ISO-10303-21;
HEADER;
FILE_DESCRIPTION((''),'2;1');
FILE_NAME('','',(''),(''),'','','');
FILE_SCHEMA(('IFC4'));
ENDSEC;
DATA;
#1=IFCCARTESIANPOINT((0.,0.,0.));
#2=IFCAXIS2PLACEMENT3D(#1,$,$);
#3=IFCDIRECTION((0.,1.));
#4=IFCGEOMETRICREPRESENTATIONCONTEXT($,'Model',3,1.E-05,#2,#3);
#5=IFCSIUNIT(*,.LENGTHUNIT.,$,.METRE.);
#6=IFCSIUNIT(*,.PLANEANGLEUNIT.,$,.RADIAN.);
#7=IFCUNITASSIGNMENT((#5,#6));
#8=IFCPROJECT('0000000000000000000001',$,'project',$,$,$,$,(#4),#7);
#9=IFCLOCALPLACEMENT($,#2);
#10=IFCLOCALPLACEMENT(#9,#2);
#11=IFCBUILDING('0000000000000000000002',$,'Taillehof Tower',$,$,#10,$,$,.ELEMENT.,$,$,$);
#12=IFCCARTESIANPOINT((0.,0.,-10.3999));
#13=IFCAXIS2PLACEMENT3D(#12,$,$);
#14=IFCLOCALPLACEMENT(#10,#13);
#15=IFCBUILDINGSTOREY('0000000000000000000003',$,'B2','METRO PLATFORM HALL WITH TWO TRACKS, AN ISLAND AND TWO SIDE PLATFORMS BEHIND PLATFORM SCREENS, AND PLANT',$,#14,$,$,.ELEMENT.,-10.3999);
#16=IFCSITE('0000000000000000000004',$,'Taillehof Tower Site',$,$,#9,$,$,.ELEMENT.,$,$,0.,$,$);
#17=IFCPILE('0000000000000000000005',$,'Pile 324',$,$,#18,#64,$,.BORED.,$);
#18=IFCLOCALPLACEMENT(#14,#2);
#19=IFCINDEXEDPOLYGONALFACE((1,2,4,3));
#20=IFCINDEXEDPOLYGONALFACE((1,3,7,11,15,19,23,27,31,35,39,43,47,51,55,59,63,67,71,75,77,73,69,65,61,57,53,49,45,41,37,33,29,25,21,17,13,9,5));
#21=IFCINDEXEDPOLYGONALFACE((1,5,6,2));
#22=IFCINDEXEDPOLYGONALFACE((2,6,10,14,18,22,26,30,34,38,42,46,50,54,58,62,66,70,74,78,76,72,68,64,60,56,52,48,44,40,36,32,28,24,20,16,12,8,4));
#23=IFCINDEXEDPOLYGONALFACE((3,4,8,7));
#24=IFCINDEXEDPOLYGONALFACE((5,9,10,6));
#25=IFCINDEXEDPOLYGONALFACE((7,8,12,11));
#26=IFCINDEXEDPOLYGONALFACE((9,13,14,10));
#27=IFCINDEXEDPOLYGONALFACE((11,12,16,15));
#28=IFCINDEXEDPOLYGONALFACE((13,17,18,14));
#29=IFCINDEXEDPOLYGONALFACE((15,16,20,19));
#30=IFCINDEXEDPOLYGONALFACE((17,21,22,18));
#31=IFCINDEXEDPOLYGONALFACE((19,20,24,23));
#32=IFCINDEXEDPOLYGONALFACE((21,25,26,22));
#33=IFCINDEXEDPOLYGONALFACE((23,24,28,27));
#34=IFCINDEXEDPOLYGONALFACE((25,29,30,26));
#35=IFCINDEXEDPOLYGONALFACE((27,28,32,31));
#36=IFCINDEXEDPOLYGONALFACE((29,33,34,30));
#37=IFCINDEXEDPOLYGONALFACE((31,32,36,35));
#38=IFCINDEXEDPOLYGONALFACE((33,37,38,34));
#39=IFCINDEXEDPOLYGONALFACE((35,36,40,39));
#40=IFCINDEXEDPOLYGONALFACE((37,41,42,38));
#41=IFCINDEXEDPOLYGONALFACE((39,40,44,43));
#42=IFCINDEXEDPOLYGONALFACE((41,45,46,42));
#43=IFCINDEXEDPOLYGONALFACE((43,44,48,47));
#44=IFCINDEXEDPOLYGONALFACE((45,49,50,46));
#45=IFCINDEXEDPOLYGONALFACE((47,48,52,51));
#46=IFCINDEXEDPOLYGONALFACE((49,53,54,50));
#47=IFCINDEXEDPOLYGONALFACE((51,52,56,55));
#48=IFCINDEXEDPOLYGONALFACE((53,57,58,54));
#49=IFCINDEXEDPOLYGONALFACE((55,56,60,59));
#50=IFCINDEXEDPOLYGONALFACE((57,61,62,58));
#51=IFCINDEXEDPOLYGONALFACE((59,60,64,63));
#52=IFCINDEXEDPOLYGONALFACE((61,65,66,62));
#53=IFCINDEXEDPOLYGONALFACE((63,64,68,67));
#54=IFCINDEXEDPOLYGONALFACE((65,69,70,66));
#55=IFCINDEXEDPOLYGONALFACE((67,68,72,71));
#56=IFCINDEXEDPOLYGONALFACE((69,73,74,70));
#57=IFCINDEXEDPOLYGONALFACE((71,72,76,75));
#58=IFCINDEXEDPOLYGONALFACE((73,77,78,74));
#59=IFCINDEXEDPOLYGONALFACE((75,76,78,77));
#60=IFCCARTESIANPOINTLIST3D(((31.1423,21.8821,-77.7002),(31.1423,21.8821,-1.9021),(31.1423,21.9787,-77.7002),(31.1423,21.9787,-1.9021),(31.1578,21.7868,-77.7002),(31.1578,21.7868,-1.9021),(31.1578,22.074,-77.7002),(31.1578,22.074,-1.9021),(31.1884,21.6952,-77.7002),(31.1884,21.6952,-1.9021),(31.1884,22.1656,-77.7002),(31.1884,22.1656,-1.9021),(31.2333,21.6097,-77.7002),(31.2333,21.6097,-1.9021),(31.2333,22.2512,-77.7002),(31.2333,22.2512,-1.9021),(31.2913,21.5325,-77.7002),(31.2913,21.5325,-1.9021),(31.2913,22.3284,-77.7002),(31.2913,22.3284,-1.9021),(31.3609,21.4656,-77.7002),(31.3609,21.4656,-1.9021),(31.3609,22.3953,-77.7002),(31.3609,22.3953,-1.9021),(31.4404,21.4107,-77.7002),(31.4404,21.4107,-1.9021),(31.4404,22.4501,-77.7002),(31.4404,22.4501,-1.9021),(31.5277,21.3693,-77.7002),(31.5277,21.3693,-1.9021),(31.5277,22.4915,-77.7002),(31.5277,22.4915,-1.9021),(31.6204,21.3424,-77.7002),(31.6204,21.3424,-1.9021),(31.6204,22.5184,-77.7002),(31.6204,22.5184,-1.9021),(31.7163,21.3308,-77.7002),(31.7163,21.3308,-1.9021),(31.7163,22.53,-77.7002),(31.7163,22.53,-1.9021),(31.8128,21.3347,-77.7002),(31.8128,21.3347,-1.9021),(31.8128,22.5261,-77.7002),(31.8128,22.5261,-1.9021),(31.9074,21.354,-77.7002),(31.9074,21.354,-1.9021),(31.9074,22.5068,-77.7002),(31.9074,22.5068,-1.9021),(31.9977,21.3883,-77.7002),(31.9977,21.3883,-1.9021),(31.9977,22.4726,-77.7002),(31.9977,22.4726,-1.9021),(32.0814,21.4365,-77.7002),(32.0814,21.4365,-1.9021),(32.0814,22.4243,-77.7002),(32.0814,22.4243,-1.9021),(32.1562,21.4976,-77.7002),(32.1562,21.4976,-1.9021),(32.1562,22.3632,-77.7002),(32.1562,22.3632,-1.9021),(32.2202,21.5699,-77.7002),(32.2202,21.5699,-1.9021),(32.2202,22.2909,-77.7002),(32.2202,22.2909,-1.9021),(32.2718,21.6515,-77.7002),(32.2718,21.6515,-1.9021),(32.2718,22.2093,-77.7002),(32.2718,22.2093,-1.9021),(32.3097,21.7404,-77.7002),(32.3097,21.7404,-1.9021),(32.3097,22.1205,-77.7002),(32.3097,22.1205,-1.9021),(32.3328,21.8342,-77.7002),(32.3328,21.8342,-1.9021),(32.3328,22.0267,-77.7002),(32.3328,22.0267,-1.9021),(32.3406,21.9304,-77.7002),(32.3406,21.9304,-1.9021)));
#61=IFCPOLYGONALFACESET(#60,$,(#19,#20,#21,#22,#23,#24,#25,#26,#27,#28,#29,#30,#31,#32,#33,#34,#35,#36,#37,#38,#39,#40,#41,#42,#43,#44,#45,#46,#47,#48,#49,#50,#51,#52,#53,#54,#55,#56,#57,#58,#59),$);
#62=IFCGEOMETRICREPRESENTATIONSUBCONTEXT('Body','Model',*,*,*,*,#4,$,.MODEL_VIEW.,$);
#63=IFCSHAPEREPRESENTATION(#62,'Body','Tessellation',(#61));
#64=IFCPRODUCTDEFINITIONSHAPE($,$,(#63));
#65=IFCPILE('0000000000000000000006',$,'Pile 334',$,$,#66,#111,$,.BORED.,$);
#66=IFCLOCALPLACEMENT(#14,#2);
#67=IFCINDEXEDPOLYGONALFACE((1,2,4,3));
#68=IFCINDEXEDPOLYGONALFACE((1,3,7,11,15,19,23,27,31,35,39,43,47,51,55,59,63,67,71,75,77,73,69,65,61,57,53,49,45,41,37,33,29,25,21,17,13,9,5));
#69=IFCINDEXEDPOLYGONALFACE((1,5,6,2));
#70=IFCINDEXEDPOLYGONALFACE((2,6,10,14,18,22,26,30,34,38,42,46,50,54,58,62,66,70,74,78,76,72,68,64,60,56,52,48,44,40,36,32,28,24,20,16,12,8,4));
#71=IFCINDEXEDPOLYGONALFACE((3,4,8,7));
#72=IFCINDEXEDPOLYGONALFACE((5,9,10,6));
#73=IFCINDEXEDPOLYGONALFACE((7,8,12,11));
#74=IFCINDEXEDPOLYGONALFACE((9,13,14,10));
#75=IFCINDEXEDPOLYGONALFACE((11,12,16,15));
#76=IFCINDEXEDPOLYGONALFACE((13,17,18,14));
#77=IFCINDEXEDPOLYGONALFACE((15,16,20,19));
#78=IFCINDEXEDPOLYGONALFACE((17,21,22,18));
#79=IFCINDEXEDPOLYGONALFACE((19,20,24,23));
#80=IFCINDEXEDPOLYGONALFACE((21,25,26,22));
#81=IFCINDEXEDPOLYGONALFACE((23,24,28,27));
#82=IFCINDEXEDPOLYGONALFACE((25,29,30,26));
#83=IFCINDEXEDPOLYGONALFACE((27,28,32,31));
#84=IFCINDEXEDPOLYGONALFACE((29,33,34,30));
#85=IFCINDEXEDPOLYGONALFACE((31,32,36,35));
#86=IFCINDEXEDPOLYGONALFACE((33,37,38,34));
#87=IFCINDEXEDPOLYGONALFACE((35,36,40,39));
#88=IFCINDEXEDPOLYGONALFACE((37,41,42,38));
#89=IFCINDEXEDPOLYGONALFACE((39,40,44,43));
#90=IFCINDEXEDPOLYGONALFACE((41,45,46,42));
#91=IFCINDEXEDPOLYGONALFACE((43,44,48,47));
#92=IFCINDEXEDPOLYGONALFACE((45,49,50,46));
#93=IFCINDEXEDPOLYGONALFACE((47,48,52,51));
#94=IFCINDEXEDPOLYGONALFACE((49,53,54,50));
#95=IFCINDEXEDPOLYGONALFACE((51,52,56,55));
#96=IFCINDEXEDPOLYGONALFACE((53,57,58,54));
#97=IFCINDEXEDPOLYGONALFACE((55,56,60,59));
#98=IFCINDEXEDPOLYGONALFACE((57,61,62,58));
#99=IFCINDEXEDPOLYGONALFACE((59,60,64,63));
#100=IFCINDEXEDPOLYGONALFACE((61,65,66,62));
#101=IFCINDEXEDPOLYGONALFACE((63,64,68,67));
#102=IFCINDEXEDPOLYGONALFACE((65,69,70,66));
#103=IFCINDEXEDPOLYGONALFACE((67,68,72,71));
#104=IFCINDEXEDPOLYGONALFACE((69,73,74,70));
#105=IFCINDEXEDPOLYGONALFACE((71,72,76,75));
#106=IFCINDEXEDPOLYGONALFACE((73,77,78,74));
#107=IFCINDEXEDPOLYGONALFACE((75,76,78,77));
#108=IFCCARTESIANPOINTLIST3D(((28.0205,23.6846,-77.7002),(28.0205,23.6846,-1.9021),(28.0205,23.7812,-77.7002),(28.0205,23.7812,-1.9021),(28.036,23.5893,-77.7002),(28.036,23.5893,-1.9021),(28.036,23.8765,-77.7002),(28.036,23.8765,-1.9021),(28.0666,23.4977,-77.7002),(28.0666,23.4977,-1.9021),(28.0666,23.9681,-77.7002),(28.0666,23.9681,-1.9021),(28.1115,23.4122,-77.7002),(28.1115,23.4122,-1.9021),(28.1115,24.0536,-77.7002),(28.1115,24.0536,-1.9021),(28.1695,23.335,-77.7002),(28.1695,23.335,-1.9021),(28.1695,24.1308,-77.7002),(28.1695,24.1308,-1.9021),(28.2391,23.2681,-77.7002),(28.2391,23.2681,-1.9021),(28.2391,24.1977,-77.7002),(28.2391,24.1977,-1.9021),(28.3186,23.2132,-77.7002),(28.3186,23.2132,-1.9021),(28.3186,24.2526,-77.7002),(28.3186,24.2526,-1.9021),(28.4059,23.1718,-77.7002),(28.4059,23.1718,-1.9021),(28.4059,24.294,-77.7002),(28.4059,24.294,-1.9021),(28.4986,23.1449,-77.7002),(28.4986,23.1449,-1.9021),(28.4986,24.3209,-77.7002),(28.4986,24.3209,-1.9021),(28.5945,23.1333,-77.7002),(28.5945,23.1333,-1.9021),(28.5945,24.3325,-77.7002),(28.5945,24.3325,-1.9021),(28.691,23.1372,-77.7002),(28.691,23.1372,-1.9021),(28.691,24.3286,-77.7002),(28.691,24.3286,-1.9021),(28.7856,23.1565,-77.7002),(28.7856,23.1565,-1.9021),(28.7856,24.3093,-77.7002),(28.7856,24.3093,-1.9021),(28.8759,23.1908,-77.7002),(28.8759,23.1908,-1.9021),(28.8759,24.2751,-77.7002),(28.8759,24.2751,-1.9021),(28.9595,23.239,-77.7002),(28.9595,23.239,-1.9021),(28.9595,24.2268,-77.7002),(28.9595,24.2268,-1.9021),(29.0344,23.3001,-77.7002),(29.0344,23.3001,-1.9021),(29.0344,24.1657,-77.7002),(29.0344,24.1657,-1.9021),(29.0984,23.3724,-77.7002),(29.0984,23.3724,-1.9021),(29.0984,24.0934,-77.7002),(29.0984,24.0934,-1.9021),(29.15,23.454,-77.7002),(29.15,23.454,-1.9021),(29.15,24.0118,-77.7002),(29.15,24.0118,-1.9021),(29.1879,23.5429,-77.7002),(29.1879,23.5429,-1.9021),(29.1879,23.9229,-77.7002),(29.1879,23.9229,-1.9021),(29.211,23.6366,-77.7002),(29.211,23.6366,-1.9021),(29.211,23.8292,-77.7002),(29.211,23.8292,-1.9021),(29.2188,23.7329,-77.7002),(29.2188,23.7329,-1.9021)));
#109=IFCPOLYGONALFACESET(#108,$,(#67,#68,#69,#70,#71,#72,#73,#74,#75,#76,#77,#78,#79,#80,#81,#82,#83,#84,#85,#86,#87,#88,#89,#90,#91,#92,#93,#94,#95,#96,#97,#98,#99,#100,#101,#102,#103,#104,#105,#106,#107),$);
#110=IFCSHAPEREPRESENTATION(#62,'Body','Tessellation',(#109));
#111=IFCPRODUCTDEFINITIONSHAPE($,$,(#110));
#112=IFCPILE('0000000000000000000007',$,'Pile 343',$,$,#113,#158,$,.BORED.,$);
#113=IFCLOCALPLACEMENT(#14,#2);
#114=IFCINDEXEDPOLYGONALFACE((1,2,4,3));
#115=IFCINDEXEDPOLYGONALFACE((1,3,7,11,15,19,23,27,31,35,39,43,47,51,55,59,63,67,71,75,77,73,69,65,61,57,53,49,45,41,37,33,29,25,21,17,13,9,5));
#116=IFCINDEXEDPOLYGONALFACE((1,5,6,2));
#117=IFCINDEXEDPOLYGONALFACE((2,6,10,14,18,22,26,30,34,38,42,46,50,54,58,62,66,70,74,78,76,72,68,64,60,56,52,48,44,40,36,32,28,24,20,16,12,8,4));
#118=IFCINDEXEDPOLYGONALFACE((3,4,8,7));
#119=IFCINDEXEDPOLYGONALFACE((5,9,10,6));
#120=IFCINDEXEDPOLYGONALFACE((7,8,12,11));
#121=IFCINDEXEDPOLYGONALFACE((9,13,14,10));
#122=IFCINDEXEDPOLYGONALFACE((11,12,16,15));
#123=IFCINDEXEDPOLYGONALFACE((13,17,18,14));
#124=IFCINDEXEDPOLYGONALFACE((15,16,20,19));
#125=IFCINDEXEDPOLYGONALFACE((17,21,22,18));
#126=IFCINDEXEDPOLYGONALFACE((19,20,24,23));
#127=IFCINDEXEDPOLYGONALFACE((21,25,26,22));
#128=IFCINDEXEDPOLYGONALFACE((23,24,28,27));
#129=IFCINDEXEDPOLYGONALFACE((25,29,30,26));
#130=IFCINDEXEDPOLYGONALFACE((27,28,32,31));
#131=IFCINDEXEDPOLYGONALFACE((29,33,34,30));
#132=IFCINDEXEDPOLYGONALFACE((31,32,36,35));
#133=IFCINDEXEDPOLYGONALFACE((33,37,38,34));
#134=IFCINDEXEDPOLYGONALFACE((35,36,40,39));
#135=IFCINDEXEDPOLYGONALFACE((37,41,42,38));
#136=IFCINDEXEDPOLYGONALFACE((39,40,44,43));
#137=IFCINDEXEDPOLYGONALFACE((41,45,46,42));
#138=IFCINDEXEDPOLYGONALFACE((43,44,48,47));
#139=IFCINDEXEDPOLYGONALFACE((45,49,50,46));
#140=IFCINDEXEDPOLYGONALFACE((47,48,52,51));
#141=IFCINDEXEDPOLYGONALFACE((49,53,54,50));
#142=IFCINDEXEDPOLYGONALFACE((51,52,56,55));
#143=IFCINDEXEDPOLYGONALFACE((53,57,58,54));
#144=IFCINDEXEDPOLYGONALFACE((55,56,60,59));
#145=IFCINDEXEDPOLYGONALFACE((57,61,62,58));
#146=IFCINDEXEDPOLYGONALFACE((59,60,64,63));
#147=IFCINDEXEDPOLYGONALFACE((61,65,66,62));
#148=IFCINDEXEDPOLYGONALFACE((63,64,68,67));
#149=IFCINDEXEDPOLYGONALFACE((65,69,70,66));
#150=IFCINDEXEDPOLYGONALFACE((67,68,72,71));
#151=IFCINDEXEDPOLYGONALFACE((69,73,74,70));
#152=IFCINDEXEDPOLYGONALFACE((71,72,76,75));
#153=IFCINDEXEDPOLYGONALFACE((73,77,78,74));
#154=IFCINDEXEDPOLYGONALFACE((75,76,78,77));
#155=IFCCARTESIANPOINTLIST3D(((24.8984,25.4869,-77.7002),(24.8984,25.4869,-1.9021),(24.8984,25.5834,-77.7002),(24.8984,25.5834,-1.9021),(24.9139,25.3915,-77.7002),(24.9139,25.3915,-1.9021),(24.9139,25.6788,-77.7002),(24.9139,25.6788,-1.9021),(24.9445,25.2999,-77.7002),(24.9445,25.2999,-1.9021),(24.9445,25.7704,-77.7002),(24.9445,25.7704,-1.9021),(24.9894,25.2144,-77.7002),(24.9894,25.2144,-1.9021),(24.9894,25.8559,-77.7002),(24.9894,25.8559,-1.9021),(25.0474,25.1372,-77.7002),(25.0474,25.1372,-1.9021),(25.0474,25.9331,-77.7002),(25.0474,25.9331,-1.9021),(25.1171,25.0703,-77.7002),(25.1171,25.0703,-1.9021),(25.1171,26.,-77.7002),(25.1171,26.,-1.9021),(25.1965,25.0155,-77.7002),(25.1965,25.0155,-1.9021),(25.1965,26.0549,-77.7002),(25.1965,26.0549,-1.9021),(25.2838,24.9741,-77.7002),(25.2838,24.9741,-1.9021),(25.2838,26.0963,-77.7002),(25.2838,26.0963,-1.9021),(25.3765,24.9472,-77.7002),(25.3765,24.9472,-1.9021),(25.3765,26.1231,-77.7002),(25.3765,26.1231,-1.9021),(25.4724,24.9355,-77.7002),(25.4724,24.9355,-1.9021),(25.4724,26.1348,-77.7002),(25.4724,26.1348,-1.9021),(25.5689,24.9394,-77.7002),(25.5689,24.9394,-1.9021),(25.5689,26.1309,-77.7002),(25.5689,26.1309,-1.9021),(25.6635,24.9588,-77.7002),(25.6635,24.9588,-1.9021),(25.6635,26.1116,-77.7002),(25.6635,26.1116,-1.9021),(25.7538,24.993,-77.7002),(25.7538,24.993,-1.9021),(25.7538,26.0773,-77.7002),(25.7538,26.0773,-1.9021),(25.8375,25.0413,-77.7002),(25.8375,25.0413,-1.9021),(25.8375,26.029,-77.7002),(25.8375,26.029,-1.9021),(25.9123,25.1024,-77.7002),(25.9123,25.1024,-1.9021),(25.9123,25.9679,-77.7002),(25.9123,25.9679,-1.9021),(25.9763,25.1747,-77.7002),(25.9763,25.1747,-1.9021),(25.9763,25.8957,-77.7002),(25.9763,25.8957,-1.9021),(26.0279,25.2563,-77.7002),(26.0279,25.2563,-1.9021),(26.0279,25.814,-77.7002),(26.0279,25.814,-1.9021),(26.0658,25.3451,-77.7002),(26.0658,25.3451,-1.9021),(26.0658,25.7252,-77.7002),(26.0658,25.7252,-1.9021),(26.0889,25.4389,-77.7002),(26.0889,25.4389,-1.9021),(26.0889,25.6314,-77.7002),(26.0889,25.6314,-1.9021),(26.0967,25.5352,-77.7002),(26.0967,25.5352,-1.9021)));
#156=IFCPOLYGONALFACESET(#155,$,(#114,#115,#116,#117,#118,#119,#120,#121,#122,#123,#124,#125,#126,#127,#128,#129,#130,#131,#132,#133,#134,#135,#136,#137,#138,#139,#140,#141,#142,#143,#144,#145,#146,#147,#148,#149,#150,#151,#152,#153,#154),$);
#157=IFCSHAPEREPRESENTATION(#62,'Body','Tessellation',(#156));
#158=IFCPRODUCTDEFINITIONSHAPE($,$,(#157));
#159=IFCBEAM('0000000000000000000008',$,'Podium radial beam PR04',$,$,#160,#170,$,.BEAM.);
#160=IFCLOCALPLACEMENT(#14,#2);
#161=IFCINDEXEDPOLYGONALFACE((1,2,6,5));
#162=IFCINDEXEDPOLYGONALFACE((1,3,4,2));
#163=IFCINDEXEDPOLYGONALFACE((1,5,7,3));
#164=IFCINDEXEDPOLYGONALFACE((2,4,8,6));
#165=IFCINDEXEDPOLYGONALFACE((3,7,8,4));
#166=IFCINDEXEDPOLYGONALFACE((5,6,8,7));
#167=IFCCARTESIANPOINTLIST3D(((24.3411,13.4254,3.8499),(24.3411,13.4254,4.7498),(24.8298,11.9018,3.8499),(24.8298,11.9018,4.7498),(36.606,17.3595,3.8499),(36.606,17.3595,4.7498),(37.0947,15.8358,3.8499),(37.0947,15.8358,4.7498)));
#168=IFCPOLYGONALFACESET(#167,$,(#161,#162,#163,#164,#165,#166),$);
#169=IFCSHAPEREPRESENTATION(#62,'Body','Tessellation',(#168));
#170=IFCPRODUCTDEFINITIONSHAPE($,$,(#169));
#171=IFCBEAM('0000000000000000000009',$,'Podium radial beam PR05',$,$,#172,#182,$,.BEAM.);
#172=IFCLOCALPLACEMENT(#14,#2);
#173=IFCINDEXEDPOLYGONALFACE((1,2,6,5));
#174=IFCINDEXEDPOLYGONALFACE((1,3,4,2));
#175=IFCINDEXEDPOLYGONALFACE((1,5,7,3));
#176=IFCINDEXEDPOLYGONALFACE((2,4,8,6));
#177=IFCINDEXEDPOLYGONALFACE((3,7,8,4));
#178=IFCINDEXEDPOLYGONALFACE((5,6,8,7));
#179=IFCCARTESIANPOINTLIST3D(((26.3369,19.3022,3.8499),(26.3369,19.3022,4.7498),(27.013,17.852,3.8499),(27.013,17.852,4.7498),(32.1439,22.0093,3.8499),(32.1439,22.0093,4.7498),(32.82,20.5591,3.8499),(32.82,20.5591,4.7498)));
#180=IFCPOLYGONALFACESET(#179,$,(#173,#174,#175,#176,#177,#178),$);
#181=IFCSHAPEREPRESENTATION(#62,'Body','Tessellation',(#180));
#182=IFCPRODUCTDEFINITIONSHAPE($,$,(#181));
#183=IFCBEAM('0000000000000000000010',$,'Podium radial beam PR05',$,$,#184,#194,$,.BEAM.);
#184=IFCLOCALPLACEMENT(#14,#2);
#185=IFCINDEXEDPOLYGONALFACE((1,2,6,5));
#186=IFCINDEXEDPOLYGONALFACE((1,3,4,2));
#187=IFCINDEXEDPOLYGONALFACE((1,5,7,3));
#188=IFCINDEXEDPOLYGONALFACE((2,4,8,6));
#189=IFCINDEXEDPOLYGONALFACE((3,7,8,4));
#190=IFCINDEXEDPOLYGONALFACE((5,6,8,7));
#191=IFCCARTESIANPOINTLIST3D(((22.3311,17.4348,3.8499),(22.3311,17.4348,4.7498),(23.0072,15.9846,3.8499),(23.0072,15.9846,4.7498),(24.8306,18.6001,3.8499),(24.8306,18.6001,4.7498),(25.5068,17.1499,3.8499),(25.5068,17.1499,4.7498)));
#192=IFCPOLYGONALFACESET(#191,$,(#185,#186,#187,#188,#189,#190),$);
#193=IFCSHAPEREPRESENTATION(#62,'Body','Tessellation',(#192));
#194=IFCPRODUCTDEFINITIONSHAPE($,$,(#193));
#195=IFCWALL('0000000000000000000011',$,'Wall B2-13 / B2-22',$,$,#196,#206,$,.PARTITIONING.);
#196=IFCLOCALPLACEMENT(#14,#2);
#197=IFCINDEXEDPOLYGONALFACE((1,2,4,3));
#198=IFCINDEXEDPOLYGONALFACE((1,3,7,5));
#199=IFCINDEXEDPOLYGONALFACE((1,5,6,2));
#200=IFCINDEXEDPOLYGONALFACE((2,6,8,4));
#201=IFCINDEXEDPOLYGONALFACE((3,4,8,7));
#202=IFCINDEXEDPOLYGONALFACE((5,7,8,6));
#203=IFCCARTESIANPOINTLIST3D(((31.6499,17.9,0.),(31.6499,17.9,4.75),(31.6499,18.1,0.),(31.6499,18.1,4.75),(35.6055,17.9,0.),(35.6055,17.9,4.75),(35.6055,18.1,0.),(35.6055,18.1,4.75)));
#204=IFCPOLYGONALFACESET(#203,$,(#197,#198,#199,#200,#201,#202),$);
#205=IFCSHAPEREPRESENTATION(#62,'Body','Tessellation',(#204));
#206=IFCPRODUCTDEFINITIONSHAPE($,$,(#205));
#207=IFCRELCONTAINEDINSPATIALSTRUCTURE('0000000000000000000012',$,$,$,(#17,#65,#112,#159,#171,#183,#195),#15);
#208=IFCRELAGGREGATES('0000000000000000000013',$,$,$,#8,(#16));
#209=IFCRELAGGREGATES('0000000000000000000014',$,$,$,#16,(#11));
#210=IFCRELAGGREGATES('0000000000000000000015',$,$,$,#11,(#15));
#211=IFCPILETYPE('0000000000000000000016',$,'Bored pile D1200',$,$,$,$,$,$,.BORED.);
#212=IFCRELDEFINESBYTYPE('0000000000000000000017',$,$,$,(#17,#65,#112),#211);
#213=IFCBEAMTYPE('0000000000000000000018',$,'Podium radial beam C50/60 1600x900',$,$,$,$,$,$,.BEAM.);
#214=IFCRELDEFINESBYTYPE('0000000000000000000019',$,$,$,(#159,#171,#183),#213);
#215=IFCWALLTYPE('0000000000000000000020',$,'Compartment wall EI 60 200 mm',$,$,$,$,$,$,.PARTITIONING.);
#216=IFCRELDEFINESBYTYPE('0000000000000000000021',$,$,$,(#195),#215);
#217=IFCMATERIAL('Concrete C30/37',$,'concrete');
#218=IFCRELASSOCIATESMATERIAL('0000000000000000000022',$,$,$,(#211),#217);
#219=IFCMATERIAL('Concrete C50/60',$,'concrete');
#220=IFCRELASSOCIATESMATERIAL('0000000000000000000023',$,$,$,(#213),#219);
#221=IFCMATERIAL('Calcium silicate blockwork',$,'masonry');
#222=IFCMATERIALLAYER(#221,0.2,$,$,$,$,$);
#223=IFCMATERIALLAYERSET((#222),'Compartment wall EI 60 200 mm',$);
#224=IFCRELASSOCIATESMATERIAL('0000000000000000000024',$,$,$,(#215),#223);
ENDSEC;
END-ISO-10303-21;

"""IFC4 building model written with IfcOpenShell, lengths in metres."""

from ifc_helpers import new_model, si_unit, direction, frame, frame_2d, origin, origin_2d, place, context, subcontext, project, spatial, rectangle, circle, extrude, material, layer, layer_set, material_profile, profile_set, type_object, element, save


model = new_model("IFC4")

# Units and contexts
model_context = context("Model", 3, precision=1e-05, world=origin(), true_north=direction((0.0, 1.0)))
body_context = subcontext(model_context, "Body", "Model", "MODEL_VIEW")
ifc_project = project(units=[si_unit("LENGTHUNIT", "METRE"), si_unit("PLANEANGLEUNIT", "RADIAN")], contexts=[model_context])

# Site, building, storey
site_placement = place(None, origin())
site = spatial("IfcSite", under=ifc_project, at=site_placement, Name="Taillehof Tower Site", CompositionType="ELEMENT", RefElevation=0.0)
building_placement = place(site_placement, origin())
building = spatial("IfcBuilding", under=site, at=building_placement, Name="Taillehof Tower", CompositionType="ELEMENT")
storey_placement = place(building_placement, frame((0.0, 0.0, -10.3999)))
storey = spatial("IfcBuildingStorey", under=building, at=storey_placement, Name="B2", Description="METRO PLATFORM HALL WITH TWO TRACKS, AN ISLAND AND TWO SIDE PLATFORMS BEHIND PLATFORM SCREENS, AND PLANT", CompositionType="ELEMENT", Elevation=-10.3999)

# Piles
ifc_material_1 = material(Name="Concrete C30/37", Category="concrete")
ifc_material_profile_1 = material_profile(ifc_material_1, circle(Radius=0.6001, at=origin_2d()), Name="BP D1200")
ifc_profile_set_1 = profile_set([ifc_material_profile_1], Name="Concrete C30/37")
pile_type = type_object("IfcPileType", Name="Bored pile D1200", PredefinedType="BORED", material=ifc_profile_set_1)
for number, where, z_axis, x_axis, name in (
    (1, (31.7405, 21.9304, -1.9021), (0.0, 0.0, -1.0), (1.0, 0.0, 0.0), "Pile 324"),
    (2, (28.6187, 23.7329, -1.9021), (0.0, 0.0, -1.0), (1.0, 0.0, 0.0), "Pile 334"),
    (3, (25.4966, 25.5352, -1.9021), (0.0, 0.0, -1.0), (1.0, 0.0, 0.0), "Pile 343"),
):
    element("IfcPile", number, at=place(storey_placement, frame(where, z_axis=z_axis, x_axis=x_axis)), inside=storey, type_object=pile_type, Name=name, PredefinedType="BORED", context=body_context, shape_type="SweptSolid", body=[
        extrude(circle(Radius=0.6001, at=origin_2d()), origin(), (0.0, 0.0, 1.0), 75.7981),
    ])

# Beams
ifc_material_2 = material(Name="Concrete C50/60", Category="concrete")
ifc_material_profile_2 = material_profile(ifc_material_2, rectangle(XDim=1.6001, YDim=0.8999, at=origin_2d()), Name="RC 1600x900")
ifc_profile_set_2 = profile_set([ifc_material_profile_2], Name="Concrete C50/60")
beam_type = type_object("IfcBeamType", Name="Podium radial beam C50/60 1600x900", PredefinedType="BEAM", material=ifc_profile_set_2)
beam_1_placement = place(storey_placement, frame((36.8503, 16.5977, 4.2998), z_axis=(-0.952214, -0.305432, 0.0), x_axis=(0.305432, -0.952214, 0.0)))
element("IfcBeam", 4, at=beam_1_placement, inside=storey, type_object=beam_type, Name="Podium radial beam PR04", PredefinedType="BEAM", context=body_context, shape_type="SweptSolid", body=[
    extrude(rectangle(XDim=1.6001, YDim=0.8999, at=origin_2d()), origin(), (0.0, 0.0, 1.0), 12.8804),
])
beam_2_placement = place(storey_placement, frame((32.4819, 21.2842, 4.2998), z_axis=(-0.906353, -0.42252, 0.0), x_axis=(0.42252, -0.906353, 0.0)))
element("IfcBeam", 5, at=beam_2_placement, inside=storey, type_object=beam_type, Name="Podium radial beam PR05", PredefinedType="BEAM", context=body_context, shape_type="SweptSolid", body=[
    extrude(rectangle(XDim=1.6001, YDim=0.8999, at=origin_2d()), origin(), (0.0, 0.0, 1.0), 6.407),
])
beam_3_placement = place(storey_placement, frame((25.1687, 17.875, 4.2998), z_axis=(-0.906344, -0.422541, 0.0), x_axis=(0.422541, -0.906344, 0.0)))
element("IfcBeam", 6, at=beam_3_placement, inside=storey, type_object=beam_type, Name="Podium radial beam PR05", PredefinedType="BEAM", context=body_context, shape_type="SweptSolid", body=[
    extrude(rectangle(XDim=1.6001, YDim=0.8999, at=origin_2d()), origin(), (0.0, 0.0, 1.0), 2.7578),
])

# Wall
ifc_material_3 = material(Name="Calcium silicate blockwork", Category="masonry")
ifc_layer_1 = layer(ifc_material_3, 0.2)
ifc_layer_set_1 = layer_set([ifc_layer_1], Name="Compartment wall EI 60 200 mm")
wall_type_1 = type_object("IfcWallType", Name="Compartment wall EI 60 200 mm", PredefinedType="PARTITIONING", material=ifc_layer_set_1)
wall_1_placement = place(storey_placement, frame((31.6499, 18.0, 0.0), z_axis=(0.0, 0.0, 1.0), x_axis=(1.0, 0.0, 0.0)))
element("IfcWall", 7, at=wall_1_placement, inside=storey, type_object=wall_type_1, Name="Wall B2-13 / B2-22", PredefinedType="PARTITIONING", context=body_context, shape_type="SweptSolid", body=[
    extrude(rectangle(XDim=3.9556, YDim=0.2, at=frame_2d((1.9778, 0.0))), origin(), (0.0, 0.0, 1.0), 4.75),
])

save(model, "model.ifc")
